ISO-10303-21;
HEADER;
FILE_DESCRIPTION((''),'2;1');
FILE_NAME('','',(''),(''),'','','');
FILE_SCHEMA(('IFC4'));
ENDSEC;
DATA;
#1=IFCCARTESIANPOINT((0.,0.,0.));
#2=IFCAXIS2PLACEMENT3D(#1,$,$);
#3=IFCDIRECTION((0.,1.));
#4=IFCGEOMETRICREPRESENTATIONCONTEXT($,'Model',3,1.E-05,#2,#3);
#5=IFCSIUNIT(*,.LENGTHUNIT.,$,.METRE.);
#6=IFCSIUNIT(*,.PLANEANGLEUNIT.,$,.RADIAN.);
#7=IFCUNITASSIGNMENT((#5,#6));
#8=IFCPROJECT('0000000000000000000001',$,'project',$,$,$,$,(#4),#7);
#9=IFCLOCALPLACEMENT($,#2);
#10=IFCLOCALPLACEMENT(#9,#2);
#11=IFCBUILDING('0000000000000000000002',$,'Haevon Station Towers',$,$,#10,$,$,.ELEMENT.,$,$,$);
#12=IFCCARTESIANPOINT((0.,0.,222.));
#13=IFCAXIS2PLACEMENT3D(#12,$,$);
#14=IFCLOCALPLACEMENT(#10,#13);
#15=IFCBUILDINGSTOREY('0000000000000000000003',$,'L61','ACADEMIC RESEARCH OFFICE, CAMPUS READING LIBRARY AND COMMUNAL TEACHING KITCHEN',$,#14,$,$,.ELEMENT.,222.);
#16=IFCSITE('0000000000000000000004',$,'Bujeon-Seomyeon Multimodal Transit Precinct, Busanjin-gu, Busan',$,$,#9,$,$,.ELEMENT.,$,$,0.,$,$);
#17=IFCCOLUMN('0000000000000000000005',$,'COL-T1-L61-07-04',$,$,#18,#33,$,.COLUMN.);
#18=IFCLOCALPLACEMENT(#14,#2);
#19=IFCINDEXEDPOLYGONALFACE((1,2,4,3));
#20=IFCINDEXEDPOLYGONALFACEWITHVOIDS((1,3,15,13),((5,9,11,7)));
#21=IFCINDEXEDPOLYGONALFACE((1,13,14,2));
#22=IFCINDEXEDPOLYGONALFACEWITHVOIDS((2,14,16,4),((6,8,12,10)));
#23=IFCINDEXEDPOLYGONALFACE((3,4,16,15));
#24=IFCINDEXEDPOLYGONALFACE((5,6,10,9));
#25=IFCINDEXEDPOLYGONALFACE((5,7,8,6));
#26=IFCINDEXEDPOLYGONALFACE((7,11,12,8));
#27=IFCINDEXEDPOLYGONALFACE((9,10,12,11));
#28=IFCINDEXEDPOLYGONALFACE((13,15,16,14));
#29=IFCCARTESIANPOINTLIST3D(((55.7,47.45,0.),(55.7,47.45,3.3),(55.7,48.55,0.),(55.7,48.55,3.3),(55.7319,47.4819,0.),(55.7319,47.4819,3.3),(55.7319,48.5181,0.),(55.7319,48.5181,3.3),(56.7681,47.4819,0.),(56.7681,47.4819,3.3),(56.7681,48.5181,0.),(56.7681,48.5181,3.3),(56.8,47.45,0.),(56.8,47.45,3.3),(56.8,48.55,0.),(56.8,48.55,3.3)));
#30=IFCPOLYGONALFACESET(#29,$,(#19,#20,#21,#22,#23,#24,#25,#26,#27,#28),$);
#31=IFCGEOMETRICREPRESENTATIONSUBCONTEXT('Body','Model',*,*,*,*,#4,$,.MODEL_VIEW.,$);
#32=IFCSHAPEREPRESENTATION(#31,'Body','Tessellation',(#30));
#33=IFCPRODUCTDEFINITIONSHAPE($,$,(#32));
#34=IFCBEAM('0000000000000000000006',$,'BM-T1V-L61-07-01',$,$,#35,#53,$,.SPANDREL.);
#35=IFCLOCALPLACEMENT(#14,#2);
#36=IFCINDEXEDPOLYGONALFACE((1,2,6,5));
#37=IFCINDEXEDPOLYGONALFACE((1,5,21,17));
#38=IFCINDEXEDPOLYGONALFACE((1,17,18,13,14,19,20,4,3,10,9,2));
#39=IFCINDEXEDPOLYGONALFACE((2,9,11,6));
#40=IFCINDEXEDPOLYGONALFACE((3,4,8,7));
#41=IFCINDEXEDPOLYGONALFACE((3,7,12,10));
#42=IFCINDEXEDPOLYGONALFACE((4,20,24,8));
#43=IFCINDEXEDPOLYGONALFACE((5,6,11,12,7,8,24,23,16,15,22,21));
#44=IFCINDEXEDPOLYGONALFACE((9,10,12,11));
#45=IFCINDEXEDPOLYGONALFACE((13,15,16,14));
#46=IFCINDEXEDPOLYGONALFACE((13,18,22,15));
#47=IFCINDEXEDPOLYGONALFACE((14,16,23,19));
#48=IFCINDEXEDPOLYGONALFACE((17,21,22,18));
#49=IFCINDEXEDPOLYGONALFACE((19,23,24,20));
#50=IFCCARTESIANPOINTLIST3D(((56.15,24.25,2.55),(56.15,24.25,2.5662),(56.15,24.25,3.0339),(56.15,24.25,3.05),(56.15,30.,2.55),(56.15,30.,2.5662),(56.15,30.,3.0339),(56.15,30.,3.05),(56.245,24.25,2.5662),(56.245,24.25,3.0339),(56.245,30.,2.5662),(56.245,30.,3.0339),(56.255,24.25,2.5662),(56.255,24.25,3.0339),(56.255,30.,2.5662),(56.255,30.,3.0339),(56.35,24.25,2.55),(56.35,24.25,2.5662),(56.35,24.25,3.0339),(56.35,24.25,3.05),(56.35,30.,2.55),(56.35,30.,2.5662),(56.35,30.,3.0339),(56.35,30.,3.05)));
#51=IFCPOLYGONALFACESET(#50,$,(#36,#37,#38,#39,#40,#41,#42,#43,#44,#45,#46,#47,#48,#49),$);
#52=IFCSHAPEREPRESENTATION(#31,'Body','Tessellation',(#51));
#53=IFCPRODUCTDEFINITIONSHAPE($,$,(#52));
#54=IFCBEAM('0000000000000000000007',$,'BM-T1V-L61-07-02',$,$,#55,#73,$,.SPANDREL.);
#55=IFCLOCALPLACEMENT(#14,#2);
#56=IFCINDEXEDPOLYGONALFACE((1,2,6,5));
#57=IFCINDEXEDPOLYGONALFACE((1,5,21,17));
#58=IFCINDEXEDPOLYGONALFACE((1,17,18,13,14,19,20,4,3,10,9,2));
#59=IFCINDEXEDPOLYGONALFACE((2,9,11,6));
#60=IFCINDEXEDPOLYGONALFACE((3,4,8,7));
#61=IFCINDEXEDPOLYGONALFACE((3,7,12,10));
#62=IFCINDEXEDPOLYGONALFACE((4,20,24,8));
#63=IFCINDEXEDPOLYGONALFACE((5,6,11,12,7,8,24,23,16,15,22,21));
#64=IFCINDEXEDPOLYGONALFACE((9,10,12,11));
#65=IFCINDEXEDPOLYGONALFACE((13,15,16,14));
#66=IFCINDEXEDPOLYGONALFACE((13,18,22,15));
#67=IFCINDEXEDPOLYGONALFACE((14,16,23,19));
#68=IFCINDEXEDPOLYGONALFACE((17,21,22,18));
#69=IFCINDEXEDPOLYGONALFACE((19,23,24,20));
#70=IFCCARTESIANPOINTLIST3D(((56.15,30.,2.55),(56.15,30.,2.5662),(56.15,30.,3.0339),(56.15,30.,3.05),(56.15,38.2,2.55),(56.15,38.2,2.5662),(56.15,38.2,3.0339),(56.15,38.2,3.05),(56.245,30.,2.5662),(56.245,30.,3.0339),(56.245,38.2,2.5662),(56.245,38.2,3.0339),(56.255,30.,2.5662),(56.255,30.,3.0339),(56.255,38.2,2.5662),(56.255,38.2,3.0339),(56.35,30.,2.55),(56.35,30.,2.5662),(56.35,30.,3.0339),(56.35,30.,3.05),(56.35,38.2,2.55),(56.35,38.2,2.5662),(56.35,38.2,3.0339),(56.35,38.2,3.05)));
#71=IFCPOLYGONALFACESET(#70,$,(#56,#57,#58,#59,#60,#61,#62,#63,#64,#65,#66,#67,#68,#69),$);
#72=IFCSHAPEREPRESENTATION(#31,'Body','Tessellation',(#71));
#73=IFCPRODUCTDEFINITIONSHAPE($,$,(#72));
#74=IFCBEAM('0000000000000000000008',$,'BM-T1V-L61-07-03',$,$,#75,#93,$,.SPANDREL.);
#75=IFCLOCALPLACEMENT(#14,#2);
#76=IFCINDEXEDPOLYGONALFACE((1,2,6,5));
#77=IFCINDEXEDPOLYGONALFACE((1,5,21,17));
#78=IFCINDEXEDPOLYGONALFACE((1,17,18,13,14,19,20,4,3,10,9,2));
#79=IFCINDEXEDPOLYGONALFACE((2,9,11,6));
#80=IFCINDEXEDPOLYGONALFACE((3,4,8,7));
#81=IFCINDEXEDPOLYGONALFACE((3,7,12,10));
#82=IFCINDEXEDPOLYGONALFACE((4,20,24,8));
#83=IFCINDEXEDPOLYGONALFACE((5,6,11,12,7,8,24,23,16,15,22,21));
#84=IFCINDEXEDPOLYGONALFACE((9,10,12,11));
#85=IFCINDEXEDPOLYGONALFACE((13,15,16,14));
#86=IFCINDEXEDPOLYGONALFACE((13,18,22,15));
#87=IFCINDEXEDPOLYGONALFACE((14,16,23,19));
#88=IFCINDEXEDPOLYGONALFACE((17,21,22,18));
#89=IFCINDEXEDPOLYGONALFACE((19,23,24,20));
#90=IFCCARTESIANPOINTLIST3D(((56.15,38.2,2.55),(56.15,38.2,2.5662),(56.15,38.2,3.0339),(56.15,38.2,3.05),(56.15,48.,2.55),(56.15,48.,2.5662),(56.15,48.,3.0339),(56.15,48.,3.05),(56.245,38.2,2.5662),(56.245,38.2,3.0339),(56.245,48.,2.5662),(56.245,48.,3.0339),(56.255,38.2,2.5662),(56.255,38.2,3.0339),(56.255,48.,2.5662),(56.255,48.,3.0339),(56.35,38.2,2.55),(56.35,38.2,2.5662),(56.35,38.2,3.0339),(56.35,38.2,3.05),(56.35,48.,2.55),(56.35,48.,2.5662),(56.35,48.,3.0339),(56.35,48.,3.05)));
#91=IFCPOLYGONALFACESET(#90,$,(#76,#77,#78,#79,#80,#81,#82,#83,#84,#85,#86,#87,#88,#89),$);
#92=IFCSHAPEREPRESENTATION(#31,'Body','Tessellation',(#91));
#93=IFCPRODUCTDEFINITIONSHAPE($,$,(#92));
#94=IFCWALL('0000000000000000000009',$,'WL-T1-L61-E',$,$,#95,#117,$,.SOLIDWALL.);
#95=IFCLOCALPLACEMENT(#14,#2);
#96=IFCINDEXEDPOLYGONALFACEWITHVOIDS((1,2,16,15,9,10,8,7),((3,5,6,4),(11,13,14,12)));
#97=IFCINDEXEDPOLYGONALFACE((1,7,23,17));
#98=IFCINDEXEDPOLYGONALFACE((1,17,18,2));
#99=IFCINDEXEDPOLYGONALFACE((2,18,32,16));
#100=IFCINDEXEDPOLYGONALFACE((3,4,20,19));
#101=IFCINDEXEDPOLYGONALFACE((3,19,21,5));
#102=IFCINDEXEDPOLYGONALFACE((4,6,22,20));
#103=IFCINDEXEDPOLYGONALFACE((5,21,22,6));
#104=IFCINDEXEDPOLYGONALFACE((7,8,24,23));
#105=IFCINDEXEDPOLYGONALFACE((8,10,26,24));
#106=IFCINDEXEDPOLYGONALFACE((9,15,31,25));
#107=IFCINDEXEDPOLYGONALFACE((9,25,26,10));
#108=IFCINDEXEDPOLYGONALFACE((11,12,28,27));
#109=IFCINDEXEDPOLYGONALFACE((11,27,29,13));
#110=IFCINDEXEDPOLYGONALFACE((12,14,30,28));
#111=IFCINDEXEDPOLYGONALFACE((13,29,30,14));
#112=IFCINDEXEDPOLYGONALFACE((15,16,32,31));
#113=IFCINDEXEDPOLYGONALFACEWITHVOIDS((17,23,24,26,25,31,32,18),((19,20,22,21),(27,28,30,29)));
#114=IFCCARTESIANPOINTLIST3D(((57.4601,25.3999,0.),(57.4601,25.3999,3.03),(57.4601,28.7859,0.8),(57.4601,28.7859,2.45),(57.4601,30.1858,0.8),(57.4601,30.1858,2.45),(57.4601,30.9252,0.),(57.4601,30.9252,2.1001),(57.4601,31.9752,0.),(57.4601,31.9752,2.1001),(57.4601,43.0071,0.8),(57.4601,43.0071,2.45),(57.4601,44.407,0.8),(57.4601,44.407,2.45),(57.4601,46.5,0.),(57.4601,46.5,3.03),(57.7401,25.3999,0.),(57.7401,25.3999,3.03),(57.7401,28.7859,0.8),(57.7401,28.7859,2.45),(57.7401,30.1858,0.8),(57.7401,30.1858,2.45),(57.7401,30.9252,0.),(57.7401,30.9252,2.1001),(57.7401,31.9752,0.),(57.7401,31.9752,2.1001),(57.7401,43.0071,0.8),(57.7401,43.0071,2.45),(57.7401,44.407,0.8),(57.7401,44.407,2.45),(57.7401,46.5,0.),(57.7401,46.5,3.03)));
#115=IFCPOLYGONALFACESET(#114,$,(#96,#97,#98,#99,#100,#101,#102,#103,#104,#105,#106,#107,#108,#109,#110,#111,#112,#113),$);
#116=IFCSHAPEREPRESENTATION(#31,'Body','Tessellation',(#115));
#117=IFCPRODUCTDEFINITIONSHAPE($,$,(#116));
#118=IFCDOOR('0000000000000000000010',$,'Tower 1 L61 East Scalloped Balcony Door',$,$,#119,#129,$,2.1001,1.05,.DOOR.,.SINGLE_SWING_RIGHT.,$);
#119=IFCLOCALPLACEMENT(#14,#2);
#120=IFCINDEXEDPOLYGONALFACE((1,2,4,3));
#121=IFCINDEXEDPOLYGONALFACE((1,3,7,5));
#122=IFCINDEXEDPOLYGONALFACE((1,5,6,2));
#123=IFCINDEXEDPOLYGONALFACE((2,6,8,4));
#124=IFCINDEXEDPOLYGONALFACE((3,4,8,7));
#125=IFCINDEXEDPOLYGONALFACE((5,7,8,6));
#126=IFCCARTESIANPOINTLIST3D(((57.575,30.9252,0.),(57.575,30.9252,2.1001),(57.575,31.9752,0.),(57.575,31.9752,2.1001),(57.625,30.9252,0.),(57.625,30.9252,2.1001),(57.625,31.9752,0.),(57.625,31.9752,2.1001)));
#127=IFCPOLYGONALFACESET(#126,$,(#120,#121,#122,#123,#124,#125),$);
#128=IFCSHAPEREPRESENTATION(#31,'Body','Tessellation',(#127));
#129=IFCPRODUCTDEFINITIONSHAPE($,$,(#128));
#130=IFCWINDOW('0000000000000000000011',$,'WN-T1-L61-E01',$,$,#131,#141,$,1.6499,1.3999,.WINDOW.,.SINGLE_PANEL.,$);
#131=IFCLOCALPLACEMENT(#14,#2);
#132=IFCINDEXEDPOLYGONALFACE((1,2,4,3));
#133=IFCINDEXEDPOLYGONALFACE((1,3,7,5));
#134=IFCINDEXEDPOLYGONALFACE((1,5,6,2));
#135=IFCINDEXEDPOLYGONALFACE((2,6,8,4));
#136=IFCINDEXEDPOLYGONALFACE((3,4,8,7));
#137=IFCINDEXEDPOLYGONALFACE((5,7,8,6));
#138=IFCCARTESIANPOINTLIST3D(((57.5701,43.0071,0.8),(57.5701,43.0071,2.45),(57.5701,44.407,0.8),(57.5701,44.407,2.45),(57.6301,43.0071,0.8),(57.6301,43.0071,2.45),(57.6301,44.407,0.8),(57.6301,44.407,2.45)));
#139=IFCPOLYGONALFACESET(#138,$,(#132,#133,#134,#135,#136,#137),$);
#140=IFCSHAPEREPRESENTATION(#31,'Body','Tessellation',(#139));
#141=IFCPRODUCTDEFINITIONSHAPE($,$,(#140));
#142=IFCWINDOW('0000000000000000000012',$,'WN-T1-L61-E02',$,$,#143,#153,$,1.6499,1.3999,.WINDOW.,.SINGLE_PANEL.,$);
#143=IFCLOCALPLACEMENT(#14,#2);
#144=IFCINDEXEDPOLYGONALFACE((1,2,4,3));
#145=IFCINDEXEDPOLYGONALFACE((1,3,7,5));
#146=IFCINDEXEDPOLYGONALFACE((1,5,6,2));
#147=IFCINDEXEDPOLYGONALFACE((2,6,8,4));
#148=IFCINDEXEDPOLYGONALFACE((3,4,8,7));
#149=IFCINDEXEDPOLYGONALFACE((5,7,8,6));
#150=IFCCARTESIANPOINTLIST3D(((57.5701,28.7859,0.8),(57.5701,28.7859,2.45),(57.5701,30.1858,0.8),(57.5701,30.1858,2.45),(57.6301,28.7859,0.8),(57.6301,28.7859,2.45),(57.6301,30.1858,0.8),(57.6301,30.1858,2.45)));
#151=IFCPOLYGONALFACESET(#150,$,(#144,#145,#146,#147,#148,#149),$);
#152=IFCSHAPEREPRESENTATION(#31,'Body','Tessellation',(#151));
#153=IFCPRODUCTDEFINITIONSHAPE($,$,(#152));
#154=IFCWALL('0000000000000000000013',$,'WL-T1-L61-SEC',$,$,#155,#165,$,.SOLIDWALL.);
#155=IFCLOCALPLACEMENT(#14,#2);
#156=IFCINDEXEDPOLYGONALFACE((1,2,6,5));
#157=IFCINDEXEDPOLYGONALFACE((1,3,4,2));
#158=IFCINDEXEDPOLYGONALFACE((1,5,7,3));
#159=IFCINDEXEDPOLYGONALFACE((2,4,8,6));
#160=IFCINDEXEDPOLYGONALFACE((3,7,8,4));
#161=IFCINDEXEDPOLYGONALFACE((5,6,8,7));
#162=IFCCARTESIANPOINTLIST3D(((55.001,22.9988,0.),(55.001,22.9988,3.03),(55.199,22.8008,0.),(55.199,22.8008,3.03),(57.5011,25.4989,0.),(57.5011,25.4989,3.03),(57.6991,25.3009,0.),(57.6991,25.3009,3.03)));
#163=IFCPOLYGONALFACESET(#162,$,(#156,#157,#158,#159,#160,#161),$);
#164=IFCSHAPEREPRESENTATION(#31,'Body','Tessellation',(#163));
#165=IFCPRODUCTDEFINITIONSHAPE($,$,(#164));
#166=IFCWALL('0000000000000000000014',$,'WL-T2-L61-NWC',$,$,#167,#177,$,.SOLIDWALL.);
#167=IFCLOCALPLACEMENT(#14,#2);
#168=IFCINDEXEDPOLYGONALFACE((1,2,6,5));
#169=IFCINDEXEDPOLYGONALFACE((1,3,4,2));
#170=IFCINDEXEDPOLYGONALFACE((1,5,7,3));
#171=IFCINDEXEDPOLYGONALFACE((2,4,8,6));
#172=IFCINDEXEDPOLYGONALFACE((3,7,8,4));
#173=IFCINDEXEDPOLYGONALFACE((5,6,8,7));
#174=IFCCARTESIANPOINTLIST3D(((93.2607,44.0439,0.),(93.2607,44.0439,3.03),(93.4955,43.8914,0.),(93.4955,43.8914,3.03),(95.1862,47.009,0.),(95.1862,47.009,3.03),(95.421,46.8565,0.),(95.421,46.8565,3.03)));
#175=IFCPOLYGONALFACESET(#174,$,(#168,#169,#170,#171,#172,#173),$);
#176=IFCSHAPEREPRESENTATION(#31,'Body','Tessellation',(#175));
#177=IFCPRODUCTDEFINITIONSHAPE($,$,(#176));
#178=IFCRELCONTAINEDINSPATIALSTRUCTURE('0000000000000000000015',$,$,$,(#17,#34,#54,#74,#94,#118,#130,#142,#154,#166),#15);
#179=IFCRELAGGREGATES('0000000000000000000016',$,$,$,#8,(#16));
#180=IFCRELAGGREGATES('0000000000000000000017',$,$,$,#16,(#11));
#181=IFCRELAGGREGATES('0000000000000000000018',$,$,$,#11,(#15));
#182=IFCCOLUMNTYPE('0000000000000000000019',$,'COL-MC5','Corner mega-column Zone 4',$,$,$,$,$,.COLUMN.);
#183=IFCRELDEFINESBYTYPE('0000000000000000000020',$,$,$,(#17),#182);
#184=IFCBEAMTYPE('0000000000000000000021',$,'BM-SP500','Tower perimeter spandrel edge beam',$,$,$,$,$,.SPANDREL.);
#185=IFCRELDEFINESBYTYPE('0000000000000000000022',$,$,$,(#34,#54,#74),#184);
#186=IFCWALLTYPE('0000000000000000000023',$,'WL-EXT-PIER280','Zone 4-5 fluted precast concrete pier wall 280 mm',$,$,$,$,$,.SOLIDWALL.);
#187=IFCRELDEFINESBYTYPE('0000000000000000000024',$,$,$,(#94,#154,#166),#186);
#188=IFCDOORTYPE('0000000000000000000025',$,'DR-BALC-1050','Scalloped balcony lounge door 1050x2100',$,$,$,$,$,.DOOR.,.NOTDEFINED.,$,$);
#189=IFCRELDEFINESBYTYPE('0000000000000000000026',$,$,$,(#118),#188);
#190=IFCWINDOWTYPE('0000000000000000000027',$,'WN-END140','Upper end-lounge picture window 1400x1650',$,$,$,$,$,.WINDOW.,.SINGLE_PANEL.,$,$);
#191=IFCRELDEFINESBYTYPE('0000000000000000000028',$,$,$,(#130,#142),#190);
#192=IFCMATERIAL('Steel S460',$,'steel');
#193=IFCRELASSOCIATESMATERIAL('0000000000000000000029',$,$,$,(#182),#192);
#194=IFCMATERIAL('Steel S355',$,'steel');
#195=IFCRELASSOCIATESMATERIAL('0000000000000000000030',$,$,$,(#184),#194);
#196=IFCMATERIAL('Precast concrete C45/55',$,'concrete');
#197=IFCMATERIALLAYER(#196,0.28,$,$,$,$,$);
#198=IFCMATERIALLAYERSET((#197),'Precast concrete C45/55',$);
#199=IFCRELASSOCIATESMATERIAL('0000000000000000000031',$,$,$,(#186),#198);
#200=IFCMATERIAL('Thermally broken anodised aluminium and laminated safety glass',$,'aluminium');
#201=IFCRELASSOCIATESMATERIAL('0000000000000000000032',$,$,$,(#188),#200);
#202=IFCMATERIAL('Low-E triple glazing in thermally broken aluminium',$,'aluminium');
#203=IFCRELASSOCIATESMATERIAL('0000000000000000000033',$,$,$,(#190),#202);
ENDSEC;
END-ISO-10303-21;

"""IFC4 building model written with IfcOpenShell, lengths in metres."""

from ifc_helpers import new_model, si_unit, direction, frame, frame_2d, origin, origin_2d, place, context, subcontext, project, spatial, rectangle, hollow_rectangle, i_section, extrude, material, layer, layer_set, material_profile, profile_set, type_object, element, fill, save


model = new_model("IFC4")

# Units and contexts
model_context = context("Model", 3, precision=1e-05, world=origin(), true_north=direction((0.0, 1.0)))
body_context = subcontext(model_context, "Body", "Model", "MODEL_VIEW")
ifc_project = project(units=[si_unit("LENGTHUNIT", "METRE"), si_unit("PLANEANGLEUNIT", "RADIAN")], contexts=[model_context])

# Site, building, storey
site_placement = place(None, origin())
site = spatial("IfcSite", under=ifc_project, at=site_placement, Name="Bujeon-Seomyeon Multimodal Transit Precinct, Busanjin-gu, Busan", CompositionType="ELEMENT", RefElevation=0.0)
building_placement = place(site_placement, origin())
building = spatial("IfcBuilding", under=site, at=building_placement, Name="Haevon Station Towers", CompositionType="ELEMENT")
storey_placement = place(building_placement, frame((0.0, 0.0, 222.0)))
storey = spatial("IfcBuildingStorey", under=building, at=storey_placement, Name="L61", Description="ACADEMIC RESEARCH OFFICE, CAMPUS READING LIBRARY AND COMMUNAL TEACHING KITCHEN", CompositionType="ELEMENT", Elevation=222.0)

# Column
ifc_material_1 = material(Name="Steel S460", Category="steel")
ifc_material_profile_1 = material_profile(ifc_material_1, hollow_rectangle(XDim=1.1001, YDim=1.1001, WallThickness=0.032, at=origin_2d()), Name="BOX-1100x1100x32")
ifc_profile_set_1 = profile_set([ifc_material_profile_1], Name="Steel S460")
column_type = type_object("IfcColumnType", Name="COL-MC5", Description="Corner mega-column Zone 4", PredefinedType="COLUMN", material=ifc_profile_set_1)
column_placement = place(storey_placement, frame((56.25, 48.0, 0.0), z_axis=(0.0, 0.0, 1.0), x_axis=(1.0, 0.0, 0.0)))
element("IfcColumn", 1, at=column_placement, inside=storey, type_object=column_type, Name="COL-T1-L61-07-04", PredefinedType="COLUMN", context=body_context, shape_type="SweptSolid", body=[
    extrude(hollow_rectangle(XDim=1.1001, YDim=1.1001, WallThickness=0.032, at=origin_2d()), origin(), (0.0, 0.0, 1.0), 3.3),
])

# Beams
ifc_material_2 = material(Name="Steel S355", Category="steel")
ifc_material_profile_2 = material_profile(ifc_material_2, i_section(OverallWidth=0.2, OverallDepth=0.5, WebThickness=0.01, FlangeThickness=0.0161, at=origin_2d()), Name="H-500x200x10x16")
ifc_profile_set_2 = profile_set([ifc_material_profile_2], Name="Steel S355")
beam_type = type_object("IfcBeamType", Name="BM-SP500", Description="Tower perimeter spandrel edge beam", PredefinedType="SPANDREL", material=ifc_profile_set_2)
beam_1_placement = place(storey_placement, frame((56.25, 24.25, 2.8), z_axis=(0.0, 1.0, 0.0), x_axis=(-1.0, 0.0, 0.0)))
element("IfcBeam", 2, at=beam_1_placement, inside=storey, type_object=beam_type, Name="BM-T1V-L61-07-01", PredefinedType="SPANDREL", context=body_context, shape_type="SweptSolid", body=[
    extrude(i_section(OverallWidth=0.2, OverallDepth=0.5, WebThickness=0.01, FlangeThickness=0.0161, at=origin_2d()), origin(), (0.0, 0.0, 1.0), 5.75),
])
beam_2_placement = place(storey_placement, frame((56.25, 30.0, 2.8), z_axis=(0.0, 1.0, 0.0), x_axis=(-1.0, 0.0, 0.0)))
element("IfcBeam", 3, at=beam_2_placement, inside=storey, type_object=beam_type, Name="BM-T1V-L61-07-02", PredefinedType="SPANDREL", context=body_context, shape_type="SweptSolid", body=[
    extrude(i_section(OverallWidth=0.2, OverallDepth=0.5, WebThickness=0.01, FlangeThickness=0.0161, at=origin_2d()), origin(), (0.0, 0.0, 1.0), 8.2),
])
beam_3_placement = place(storey_placement, frame((56.25, 38.2, 2.8), z_axis=(0.0, 1.0, 0.0), x_axis=(-1.0, 0.0, 0.0)))
element("IfcBeam", 4, at=beam_3_placement, inside=storey, type_object=beam_type, Name="BM-T1V-L61-07-03", PredefinedType="SPANDREL", context=body_context, shape_type="SweptSolid", body=[
    extrude(i_section(OverallWidth=0.2, OverallDepth=0.5, WebThickness=0.01, FlangeThickness=0.0161, at=origin_2d()), origin(), (0.0, 0.0, 1.0), 9.8),
])

# Wall, openings, door, windows
ifc_material_3 = material(Name="Precast concrete C45/55", Category="concrete")
ifc_layer = layer(ifc_material_3, 0.28)
ifc_layer_set = layer_set([ifc_layer], Name="Precast concrete C45/55")
wall_type = type_object("IfcWallType", Name="WL-EXT-PIER280", Description="Zone 4-5 fluted precast concrete pier wall 280 mm", PredefinedType="SOLIDWALL", material=ifc_layer_set)
wall_1_placement = place(storey_placement, frame((57.6001, 46.5, 0.0), z_axis=(0.0, 0.0, 1.0), x_axis=(0.0, -1.0, 0.0)))
wall_1 = element("IfcWall", 5, at=wall_1_placement, inside=storey, type_object=wall_type, Name="WL-T1-L61-E", PredefinedType="SOLIDWALL", context=body_context, shape_type="SweptSolid", body=[
    extrude(rectangle(XDim=21.1001, YDim=0.28, at=frame_2d((10.55, 0.0))), origin(), (0.0, 0.0, 1.0), 3.03),
])
opening_1_placement = place(wall_1_placement, frame((14.5249, 0.0, 0.0)))
opening_1 = element("IfcOpeningElement", 6, at=opening_1_placement, cuts=wall_1, PredefinedType="OPENING", context=body_context, shape_type="SweptSolid", body=[
    extrude(rectangle(XDim=1.05, YDim=2.1001, at=frame_2d((0.5249, 1.05))), frame((0.0, 0.1499, 0.0), z_axis=(0.0, -1.0, 0.0), x_axis=(1.0, 0.0, 0.0)), (0.0, 0.0, 1.0), 0.3),
])
opening_2_placement = place(wall_1_placement, frame((2.093, 0.0, 0.8)))
opening_2 = element("IfcOpeningElement", 7, at=opening_2_placement, cuts=wall_1, PredefinedType="OPENING", context=body_context, shape_type="SweptSolid", body=[
    extrude(rectangle(XDim=1.3999, YDim=1.6499, at=frame_2d((0.7, 0.825))), frame((0.0, 0.1499, 0.0), z_axis=(0.0, -1.0, 0.0), x_axis=(1.0, 0.0, 0.0)), (0.0, 0.0, 1.0), 0.3),
])
opening_3_placement = place(wall_1_placement, frame((16.3142, 0.0, 0.8)))
opening_3 = element("IfcOpeningElement", 8, at=opening_3_placement, cuts=wall_1, PredefinedType="OPENING", context=body_context, shape_type="SweptSolid", body=[
    extrude(rectangle(XDim=1.3999, YDim=1.6499, at=frame_2d((0.7, 0.825))), frame((0.0, 0.1499, 0.0), z_axis=(0.0, -1.0, 0.0), x_axis=(1.0, 0.0, 0.0)), (0.0, 0.0, 1.0), 0.3),
])
ifc_material_4 = material(Name="Thermally broken anodised aluminium and laminated safety glass", Category="aluminium")
door_type = type_object("IfcDoorType", Name="DR-BALC-1050", Description="Scalloped balcony lounge door 1050x2100", OperationType="NOTDEFINED", PredefinedType="DOOR", material=ifc_material_4)
door_placement = place(opening_1_placement, origin())
door = element("IfcDoor", 9, at=door_placement, inside=storey, type_object=door_type, Name="Tower 1 L61 East Scalloped Balcony Door", OperationType="SINGLE_SWING_RIGHT", OverallHeight=2.1001, OverallWidth=1.05, PredefinedType="DOOR", context=body_context, shape_type="SweptSolid", body=[
    extrude(rectangle(XDim=1.05, YDim=2.1001, at=frame_2d((0.5249, 1.05))), frame((0.0, 0.0249, 0.0), z_axis=(0.0, -1.0, 0.0), x_axis=(1.0, 0.0, 0.0)), (0.0, 0.0, 1.0), 0.05),
])
fill(opening_1, door)
ifc_material_5 = material(Name="Low-E triple glazing in thermally broken aluminium", Category="aluminium")
window_type = type_object("IfcWindowType", Name="WN-END140", Description="Upper end-lounge picture window 1400x1650", PartitioningType="SINGLE_PANEL", PredefinedType="WINDOW", material=ifc_material_5)
window_1_placement = place(opening_2_placement, origin())
window_1 = element("IfcWindow", 10, at=window_1_placement, inside=storey, type_object=window_type, Name="WN-T1-L61-E01", OverallHeight=1.6499, OverallWidth=1.3999, PartitioningType="SINGLE_PANEL", PredefinedType="WINDOW", context=body_context, shape_type="SweptSolid", body=[
    extrude(rectangle(XDim=1.3999, YDim=1.6499, at=frame_2d((0.7, 0.825))), frame((0.0, 0.03, 0.0), z_axis=(0.0, -1.0, 0.0), x_axis=(1.0, 0.0, 0.0)), (0.0, 0.0, 1.0), 0.0601),
])
fill(opening_2, window_1)
window_2_placement = place(opening_3_placement, origin())
window_2 = element("IfcWindow", 11, at=window_2_placement, inside=storey, type_object=window_type, Name="WN-T1-L61-E02", OverallHeight=1.6499, OverallWidth=1.3999, PartitioningType="SINGLE_PANEL", PredefinedType="WINDOW", context=body_context, shape_type="SweptSolid", body=[
    extrude(rectangle(XDim=1.3999, YDim=1.6499, at=frame_2d((0.7, 0.825))), frame((0.0, 0.03, 0.0), z_axis=(0.0, -1.0, 0.0), x_axis=(1.0, 0.0, 0.0)), (0.0, 0.0, 1.0), 0.0601),
])
fill(opening_3, window_2)

# Walls
wall_2_placement = place(storey_placement, frame((57.6001, 25.3999, 0.0), z_axis=(0.0, 0.0, 1.0), x_axis=(-0.707107, -0.707107, 0.0)))
element("IfcWall", 12, at=wall_2_placement, inside=storey, type_object=wall_type, Name="WL-T1-L61-SEC", PredefinedType="SOLIDWALL", context=body_context, shape_type="SweptSolid", body=[
    extrude(rectangle(XDim=3.5356, YDim=0.28, at=frame_2d((1.7678, 0.0))), origin(), (0.0, 0.0, 1.0), 3.03),
])
wall_3_placement = place(storey_placement, frame((93.3782, 43.9678, 0.0), z_axis=(0.0, 0.0, 1.0), x_axis=(0.544636, 0.838672, 0.0)))
element("IfcWall", 13, at=wall_3_placement, inside=storey, type_object=wall_type, Name="WL-T2-L61-NWC", PredefinedType="SOLIDWALL", context=body_context, shape_type="SweptSolid", body=[
    extrude(rectangle(XDim=3.5354, YDim=0.28, at=frame_2d((1.7676, 0.0))), origin(), (0.0, 0.0, 1.0), 3.03),
])

save(model, "model.ifc")
